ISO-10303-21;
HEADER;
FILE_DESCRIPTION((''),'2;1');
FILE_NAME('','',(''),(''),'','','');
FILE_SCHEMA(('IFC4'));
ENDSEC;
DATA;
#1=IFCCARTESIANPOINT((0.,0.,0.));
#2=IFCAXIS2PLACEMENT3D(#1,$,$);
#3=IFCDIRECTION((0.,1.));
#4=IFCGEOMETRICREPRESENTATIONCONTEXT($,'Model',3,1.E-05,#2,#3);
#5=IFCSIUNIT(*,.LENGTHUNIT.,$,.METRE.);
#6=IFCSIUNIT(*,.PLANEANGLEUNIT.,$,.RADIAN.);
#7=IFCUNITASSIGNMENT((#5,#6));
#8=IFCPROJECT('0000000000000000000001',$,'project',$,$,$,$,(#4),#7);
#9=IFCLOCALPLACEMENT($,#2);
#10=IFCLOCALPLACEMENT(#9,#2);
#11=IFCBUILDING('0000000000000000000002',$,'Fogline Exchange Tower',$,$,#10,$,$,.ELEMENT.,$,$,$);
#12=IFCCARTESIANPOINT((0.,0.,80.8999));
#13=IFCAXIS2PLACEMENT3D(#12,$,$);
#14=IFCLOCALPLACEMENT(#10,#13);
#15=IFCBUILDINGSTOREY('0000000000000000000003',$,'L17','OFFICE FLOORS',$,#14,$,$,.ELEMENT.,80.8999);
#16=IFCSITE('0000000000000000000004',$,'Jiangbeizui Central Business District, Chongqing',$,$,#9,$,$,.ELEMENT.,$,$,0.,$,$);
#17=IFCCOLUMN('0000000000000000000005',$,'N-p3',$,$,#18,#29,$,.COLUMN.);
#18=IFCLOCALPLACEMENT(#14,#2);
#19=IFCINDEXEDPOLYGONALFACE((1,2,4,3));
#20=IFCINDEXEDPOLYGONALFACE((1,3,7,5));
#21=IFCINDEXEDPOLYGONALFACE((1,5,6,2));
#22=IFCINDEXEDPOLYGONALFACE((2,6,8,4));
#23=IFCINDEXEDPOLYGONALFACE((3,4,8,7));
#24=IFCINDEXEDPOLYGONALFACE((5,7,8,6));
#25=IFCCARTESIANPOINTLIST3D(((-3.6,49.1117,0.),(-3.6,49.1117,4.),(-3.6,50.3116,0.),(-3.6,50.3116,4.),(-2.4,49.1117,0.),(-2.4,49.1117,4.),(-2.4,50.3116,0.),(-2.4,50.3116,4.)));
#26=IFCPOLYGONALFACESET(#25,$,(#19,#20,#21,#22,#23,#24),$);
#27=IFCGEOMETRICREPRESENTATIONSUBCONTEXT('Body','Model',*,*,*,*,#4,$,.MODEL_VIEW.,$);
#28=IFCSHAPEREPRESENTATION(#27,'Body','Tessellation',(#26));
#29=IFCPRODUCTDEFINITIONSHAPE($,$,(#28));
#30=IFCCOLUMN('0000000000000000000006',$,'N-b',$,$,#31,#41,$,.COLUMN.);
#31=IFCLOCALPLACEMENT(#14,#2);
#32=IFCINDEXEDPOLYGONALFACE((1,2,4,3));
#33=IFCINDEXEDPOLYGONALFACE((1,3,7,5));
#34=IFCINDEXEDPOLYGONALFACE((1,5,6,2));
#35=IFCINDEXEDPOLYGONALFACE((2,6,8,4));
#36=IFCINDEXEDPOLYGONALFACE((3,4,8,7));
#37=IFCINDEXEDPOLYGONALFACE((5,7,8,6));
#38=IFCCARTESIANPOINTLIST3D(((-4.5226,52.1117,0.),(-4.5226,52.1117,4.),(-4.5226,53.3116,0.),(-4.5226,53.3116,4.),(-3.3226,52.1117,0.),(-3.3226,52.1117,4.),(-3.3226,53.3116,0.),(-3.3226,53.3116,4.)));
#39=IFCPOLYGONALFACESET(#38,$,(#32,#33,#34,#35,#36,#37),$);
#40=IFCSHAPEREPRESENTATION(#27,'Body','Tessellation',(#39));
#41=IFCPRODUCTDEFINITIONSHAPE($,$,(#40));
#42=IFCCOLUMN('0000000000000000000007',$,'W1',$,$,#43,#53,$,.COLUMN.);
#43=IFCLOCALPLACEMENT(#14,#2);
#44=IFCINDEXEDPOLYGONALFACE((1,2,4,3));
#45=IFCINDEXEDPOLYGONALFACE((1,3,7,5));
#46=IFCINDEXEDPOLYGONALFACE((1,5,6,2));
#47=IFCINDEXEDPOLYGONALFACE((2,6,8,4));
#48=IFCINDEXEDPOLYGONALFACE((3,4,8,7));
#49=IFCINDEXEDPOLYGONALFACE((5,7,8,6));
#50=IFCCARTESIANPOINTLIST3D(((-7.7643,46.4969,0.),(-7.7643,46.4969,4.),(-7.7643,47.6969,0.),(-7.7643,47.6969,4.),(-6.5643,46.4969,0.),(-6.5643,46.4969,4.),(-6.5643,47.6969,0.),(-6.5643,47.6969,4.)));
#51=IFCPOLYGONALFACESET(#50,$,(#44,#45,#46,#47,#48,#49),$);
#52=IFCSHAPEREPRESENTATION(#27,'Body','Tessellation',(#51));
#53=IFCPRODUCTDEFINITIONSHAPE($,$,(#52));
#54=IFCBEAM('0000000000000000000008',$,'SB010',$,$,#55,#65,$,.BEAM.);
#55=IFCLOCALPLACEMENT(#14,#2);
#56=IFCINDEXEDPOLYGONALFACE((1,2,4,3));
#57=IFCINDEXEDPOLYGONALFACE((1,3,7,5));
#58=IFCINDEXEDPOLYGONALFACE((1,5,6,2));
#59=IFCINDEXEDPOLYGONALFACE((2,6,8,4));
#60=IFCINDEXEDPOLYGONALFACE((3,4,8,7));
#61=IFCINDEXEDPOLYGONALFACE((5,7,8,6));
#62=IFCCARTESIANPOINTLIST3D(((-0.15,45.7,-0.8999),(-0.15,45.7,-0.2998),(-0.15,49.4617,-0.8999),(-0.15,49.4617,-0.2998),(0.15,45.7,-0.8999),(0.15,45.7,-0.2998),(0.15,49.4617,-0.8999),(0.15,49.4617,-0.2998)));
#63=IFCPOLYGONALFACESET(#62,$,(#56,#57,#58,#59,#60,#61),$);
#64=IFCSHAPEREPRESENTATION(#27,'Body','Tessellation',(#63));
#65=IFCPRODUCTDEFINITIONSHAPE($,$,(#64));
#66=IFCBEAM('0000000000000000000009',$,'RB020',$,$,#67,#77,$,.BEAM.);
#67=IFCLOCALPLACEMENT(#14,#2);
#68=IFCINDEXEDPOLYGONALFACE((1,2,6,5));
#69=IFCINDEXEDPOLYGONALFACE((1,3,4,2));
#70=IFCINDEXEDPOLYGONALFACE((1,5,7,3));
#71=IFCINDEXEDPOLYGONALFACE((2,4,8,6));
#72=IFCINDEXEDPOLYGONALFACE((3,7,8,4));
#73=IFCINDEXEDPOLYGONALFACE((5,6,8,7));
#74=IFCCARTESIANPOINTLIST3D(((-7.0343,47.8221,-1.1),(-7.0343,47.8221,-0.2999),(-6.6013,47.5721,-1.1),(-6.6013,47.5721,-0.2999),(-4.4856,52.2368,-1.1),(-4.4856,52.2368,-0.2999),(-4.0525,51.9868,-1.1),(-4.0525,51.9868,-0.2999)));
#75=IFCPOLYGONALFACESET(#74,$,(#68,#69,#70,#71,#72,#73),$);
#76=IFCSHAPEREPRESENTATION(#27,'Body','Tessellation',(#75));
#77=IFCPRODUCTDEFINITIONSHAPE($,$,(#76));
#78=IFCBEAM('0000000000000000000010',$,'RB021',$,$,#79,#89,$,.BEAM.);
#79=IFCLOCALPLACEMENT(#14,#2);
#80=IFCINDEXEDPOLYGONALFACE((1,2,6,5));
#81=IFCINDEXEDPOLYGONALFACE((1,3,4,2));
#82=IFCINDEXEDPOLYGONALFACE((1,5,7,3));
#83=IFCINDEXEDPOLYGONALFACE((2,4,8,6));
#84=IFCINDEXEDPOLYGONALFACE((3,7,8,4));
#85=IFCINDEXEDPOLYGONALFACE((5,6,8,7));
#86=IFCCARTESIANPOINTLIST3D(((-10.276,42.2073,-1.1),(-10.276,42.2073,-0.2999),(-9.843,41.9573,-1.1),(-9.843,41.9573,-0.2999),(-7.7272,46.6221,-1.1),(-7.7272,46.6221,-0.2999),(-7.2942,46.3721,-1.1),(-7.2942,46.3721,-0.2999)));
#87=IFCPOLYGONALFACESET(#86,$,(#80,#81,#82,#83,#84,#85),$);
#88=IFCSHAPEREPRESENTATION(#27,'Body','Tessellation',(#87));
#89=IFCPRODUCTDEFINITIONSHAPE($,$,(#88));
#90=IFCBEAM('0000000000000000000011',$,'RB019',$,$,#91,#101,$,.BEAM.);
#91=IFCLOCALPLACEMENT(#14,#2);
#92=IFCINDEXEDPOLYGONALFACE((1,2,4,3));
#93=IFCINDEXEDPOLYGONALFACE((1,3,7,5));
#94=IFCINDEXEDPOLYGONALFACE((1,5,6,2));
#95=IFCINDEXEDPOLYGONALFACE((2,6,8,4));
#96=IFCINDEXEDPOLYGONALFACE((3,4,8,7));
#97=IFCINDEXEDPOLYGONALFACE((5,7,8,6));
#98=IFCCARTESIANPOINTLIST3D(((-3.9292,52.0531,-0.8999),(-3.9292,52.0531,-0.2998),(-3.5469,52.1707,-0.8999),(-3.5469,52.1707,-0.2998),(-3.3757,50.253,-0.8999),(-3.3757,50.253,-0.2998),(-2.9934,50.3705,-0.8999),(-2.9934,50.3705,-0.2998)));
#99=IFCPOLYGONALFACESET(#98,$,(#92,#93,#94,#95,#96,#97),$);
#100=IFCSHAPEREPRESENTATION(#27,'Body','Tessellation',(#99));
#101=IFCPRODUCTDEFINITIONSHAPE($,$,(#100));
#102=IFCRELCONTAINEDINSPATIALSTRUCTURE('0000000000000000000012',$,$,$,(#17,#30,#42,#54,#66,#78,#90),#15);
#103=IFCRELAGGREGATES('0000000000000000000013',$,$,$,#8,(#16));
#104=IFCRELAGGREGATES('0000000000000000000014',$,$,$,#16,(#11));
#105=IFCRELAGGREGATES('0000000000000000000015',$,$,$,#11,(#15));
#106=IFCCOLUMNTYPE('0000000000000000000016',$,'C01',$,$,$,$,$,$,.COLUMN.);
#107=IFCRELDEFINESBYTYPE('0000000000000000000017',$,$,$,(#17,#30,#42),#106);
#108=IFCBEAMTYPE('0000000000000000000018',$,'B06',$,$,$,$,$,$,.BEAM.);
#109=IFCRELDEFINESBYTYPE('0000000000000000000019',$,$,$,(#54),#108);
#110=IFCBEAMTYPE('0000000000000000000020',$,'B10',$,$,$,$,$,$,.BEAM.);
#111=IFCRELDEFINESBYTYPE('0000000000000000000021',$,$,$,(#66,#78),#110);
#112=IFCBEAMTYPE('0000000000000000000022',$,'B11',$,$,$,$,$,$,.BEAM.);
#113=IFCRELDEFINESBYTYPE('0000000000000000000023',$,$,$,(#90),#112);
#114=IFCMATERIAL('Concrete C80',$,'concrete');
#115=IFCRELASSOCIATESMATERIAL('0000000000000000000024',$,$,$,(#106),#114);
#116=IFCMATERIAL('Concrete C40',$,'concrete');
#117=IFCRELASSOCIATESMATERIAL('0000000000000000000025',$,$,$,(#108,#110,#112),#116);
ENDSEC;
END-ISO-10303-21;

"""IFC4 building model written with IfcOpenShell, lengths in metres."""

from ifc_helpers import new_model, si_unit, direction, frame, origin, origin_2d, place, context, subcontext, project, spatial, rectangle, extrude, material, material_profile, profile_set, type_object, element, save


model = new_model("IFC4")

# Units and contexts
model_context = context("Model", 3, precision=1e-05, world=origin(), true_north=direction((0.0, 1.0)))
body_context = subcontext(model_context, "Body", "Model", "MODEL_VIEW")
ifc_project = project(units=[si_unit("LENGTHUNIT", "METRE"), si_unit("PLANEANGLEUNIT", "RADIAN")], contexts=[model_context])

# Site, building, storey
site_placement = place(None, origin())
site = spatial("IfcSite", under=ifc_project, at=site_placement, Name="Jiangbeizui Central Business District, Chongqing", CompositionType="ELEMENT", RefElevation=0.0)
building_placement = place(site_placement, origin())
building = spatial("IfcBuilding", under=site, at=building_placement, Name="Fogline Exchange Tower", CompositionType="ELEMENT")
storey_placement = place(building_placement, frame((0.0, 0.0, 80.8999)))
storey = spatial("IfcBuildingStorey", under=building, at=storey_placement, Name="L17", Description="OFFICE FLOORS", CompositionType="ELEMENT", Elevation=80.8999)

# Columns
ifc_material_1 = material(Name="Concrete C80", Category="concrete")
ifc_material_profile_1 = material_profile(ifc_material_1, rectangle(XDim=1.2, YDim=1.2, at=origin_2d()), Name="RC 1200x1200")
ifc_profile_set_1 = profile_set([ifc_material_profile_1], Name="Concrete C80")
column_type = type_object("IfcColumnType", Name="C01", PredefinedType="COLUMN", material=ifc_profile_set_1)
for number, where, z_axis, x_axis, name in (
    (1, (-3.0, 49.7117, 0.0), (0.0, 0.0, 1.0), (1.0, 0.0, 0.0), "N-p3"),
    (2, (-3.9226, 52.7117, 0.0), (0.0, 0.0, 1.0), (1.0, 0.0, 0.0), "N-b"),
    (3, (-7.1643, 47.0969, 0.0), (0.0, 0.0, 1.0), (1.0, 0.0, 0.0), "W1"),
):
    element("IfcColumn", number, at=place(storey_placement, frame(where, z_axis=z_axis, x_axis=x_axis)), inside=storey, type_object=column_type, Name=name, PredefinedType="COLUMN", context=body_context, shape_type="SweptSolid", body=[
        extrude(rectangle(XDim=1.2, YDim=1.2, at=origin_2d()), origin(), (0.0, 0.0, 1.0), 4.0),
    ])

# Beams
ifc_material_2 = material(Name="Concrete C40", Category="concrete")
ifc_material_profile_2 = material_profile(ifc_material_2, rectangle(XDim=0.3, YDim=0.6001, at=origin_2d()), Name="RC 300x600")
ifc_profile_set_2 = profile_set([ifc_material_profile_2], Name="Concrete C40")
beam_type_1 = type_object("IfcBeamType", Name="B06", PredefinedType="BEAM", material=ifc_profile_set_2)
beam_1_placement = place(storey_placement, frame((0.0, 45.7, -0.5999), z_axis=(0.0, 1.0, 0.0), x_axis=(-1.0, 0.0, 0.0)))
element("IfcBeam", 4, at=beam_1_placement, inside=storey, type_object=beam_type_1, Name="SB010", PredefinedType="BEAM", context=body_context, shape_type="SweptSolid", body=[
    extrude(rectangle(XDim=0.3, YDim=0.6001, at=origin_2d()), origin(), (0.0, 0.0, 1.0), 3.7617),
])
ifc_material_profile_3 = material_profile(ifc_material_2, rectangle(XDim=0.5, YDim=0.8, at=origin_2d()), Name="RC 500x800")
ifc_profile_set_3 = profile_set([ifc_material_profile_3], Name="Concrete C40")
beam_type_2 = type_object("IfcBeamType", Name="B10", PredefinedType="BEAM", material=ifc_profile_set_3)
for number, where, z_axis, x_axis, name in (
    (5, (-4.269, 52.1118, -0.7), (-0.499992, -0.86603, 0.0), (0.86603, -0.499992, 0.0), "RB020"),
    (6, (-7.5107, 46.4971, -0.7), (-0.499992, -0.86603, 0.0), (0.86603, -0.499992, 0.0), "RB021"),
):
    element("IfcBeam", number, at=place(storey_placement, frame(where, z_axis=z_axis, x_axis=x_axis)), inside=storey, type_object=beam_type_2, Name=name, PredefinedType="BEAM", context=body_context, shape_type="SweptSolid", body=[
        extrude(rectangle(XDim=0.5, YDim=0.8, at=origin_2d()), origin(), (0.0, 0.0, 1.0), 5.0977),
    ])
ifc_material_profile_4 = material_profile(ifc_material_2, rectangle(XDim=0.3999, YDim=0.6001, at=origin_2d()), Name="RC 400x600")
ifc_profile_set_4 = profile_set([ifc_material_profile_4], Name="Concrete C40")
beam_type_3 = type_object("IfcBeamType", Name="B11", PredefinedType="BEAM", material=ifc_profile_set_4)
beam_2_placement = place(storey_placement, frame((-3.1846, 50.3118, -0.5999), z_axis=(-0.293895, 0.955838, 0.0), x_axis=(-0.955838, -0.293895, 0.0)))
element("IfcBeam", 7, at=beam_2_placement, inside=storey, type_object=beam_type_3, Name="RB019", PredefinedType="BEAM", context=body_context, shape_type="SweptSolid", body=[
    extrude(rectangle(XDim=0.3999, YDim=0.6001, at=origin_2d()), origin(), (0.0, 0.0, 1.0), 1.8833),
])

save(model, "model.ifc")
